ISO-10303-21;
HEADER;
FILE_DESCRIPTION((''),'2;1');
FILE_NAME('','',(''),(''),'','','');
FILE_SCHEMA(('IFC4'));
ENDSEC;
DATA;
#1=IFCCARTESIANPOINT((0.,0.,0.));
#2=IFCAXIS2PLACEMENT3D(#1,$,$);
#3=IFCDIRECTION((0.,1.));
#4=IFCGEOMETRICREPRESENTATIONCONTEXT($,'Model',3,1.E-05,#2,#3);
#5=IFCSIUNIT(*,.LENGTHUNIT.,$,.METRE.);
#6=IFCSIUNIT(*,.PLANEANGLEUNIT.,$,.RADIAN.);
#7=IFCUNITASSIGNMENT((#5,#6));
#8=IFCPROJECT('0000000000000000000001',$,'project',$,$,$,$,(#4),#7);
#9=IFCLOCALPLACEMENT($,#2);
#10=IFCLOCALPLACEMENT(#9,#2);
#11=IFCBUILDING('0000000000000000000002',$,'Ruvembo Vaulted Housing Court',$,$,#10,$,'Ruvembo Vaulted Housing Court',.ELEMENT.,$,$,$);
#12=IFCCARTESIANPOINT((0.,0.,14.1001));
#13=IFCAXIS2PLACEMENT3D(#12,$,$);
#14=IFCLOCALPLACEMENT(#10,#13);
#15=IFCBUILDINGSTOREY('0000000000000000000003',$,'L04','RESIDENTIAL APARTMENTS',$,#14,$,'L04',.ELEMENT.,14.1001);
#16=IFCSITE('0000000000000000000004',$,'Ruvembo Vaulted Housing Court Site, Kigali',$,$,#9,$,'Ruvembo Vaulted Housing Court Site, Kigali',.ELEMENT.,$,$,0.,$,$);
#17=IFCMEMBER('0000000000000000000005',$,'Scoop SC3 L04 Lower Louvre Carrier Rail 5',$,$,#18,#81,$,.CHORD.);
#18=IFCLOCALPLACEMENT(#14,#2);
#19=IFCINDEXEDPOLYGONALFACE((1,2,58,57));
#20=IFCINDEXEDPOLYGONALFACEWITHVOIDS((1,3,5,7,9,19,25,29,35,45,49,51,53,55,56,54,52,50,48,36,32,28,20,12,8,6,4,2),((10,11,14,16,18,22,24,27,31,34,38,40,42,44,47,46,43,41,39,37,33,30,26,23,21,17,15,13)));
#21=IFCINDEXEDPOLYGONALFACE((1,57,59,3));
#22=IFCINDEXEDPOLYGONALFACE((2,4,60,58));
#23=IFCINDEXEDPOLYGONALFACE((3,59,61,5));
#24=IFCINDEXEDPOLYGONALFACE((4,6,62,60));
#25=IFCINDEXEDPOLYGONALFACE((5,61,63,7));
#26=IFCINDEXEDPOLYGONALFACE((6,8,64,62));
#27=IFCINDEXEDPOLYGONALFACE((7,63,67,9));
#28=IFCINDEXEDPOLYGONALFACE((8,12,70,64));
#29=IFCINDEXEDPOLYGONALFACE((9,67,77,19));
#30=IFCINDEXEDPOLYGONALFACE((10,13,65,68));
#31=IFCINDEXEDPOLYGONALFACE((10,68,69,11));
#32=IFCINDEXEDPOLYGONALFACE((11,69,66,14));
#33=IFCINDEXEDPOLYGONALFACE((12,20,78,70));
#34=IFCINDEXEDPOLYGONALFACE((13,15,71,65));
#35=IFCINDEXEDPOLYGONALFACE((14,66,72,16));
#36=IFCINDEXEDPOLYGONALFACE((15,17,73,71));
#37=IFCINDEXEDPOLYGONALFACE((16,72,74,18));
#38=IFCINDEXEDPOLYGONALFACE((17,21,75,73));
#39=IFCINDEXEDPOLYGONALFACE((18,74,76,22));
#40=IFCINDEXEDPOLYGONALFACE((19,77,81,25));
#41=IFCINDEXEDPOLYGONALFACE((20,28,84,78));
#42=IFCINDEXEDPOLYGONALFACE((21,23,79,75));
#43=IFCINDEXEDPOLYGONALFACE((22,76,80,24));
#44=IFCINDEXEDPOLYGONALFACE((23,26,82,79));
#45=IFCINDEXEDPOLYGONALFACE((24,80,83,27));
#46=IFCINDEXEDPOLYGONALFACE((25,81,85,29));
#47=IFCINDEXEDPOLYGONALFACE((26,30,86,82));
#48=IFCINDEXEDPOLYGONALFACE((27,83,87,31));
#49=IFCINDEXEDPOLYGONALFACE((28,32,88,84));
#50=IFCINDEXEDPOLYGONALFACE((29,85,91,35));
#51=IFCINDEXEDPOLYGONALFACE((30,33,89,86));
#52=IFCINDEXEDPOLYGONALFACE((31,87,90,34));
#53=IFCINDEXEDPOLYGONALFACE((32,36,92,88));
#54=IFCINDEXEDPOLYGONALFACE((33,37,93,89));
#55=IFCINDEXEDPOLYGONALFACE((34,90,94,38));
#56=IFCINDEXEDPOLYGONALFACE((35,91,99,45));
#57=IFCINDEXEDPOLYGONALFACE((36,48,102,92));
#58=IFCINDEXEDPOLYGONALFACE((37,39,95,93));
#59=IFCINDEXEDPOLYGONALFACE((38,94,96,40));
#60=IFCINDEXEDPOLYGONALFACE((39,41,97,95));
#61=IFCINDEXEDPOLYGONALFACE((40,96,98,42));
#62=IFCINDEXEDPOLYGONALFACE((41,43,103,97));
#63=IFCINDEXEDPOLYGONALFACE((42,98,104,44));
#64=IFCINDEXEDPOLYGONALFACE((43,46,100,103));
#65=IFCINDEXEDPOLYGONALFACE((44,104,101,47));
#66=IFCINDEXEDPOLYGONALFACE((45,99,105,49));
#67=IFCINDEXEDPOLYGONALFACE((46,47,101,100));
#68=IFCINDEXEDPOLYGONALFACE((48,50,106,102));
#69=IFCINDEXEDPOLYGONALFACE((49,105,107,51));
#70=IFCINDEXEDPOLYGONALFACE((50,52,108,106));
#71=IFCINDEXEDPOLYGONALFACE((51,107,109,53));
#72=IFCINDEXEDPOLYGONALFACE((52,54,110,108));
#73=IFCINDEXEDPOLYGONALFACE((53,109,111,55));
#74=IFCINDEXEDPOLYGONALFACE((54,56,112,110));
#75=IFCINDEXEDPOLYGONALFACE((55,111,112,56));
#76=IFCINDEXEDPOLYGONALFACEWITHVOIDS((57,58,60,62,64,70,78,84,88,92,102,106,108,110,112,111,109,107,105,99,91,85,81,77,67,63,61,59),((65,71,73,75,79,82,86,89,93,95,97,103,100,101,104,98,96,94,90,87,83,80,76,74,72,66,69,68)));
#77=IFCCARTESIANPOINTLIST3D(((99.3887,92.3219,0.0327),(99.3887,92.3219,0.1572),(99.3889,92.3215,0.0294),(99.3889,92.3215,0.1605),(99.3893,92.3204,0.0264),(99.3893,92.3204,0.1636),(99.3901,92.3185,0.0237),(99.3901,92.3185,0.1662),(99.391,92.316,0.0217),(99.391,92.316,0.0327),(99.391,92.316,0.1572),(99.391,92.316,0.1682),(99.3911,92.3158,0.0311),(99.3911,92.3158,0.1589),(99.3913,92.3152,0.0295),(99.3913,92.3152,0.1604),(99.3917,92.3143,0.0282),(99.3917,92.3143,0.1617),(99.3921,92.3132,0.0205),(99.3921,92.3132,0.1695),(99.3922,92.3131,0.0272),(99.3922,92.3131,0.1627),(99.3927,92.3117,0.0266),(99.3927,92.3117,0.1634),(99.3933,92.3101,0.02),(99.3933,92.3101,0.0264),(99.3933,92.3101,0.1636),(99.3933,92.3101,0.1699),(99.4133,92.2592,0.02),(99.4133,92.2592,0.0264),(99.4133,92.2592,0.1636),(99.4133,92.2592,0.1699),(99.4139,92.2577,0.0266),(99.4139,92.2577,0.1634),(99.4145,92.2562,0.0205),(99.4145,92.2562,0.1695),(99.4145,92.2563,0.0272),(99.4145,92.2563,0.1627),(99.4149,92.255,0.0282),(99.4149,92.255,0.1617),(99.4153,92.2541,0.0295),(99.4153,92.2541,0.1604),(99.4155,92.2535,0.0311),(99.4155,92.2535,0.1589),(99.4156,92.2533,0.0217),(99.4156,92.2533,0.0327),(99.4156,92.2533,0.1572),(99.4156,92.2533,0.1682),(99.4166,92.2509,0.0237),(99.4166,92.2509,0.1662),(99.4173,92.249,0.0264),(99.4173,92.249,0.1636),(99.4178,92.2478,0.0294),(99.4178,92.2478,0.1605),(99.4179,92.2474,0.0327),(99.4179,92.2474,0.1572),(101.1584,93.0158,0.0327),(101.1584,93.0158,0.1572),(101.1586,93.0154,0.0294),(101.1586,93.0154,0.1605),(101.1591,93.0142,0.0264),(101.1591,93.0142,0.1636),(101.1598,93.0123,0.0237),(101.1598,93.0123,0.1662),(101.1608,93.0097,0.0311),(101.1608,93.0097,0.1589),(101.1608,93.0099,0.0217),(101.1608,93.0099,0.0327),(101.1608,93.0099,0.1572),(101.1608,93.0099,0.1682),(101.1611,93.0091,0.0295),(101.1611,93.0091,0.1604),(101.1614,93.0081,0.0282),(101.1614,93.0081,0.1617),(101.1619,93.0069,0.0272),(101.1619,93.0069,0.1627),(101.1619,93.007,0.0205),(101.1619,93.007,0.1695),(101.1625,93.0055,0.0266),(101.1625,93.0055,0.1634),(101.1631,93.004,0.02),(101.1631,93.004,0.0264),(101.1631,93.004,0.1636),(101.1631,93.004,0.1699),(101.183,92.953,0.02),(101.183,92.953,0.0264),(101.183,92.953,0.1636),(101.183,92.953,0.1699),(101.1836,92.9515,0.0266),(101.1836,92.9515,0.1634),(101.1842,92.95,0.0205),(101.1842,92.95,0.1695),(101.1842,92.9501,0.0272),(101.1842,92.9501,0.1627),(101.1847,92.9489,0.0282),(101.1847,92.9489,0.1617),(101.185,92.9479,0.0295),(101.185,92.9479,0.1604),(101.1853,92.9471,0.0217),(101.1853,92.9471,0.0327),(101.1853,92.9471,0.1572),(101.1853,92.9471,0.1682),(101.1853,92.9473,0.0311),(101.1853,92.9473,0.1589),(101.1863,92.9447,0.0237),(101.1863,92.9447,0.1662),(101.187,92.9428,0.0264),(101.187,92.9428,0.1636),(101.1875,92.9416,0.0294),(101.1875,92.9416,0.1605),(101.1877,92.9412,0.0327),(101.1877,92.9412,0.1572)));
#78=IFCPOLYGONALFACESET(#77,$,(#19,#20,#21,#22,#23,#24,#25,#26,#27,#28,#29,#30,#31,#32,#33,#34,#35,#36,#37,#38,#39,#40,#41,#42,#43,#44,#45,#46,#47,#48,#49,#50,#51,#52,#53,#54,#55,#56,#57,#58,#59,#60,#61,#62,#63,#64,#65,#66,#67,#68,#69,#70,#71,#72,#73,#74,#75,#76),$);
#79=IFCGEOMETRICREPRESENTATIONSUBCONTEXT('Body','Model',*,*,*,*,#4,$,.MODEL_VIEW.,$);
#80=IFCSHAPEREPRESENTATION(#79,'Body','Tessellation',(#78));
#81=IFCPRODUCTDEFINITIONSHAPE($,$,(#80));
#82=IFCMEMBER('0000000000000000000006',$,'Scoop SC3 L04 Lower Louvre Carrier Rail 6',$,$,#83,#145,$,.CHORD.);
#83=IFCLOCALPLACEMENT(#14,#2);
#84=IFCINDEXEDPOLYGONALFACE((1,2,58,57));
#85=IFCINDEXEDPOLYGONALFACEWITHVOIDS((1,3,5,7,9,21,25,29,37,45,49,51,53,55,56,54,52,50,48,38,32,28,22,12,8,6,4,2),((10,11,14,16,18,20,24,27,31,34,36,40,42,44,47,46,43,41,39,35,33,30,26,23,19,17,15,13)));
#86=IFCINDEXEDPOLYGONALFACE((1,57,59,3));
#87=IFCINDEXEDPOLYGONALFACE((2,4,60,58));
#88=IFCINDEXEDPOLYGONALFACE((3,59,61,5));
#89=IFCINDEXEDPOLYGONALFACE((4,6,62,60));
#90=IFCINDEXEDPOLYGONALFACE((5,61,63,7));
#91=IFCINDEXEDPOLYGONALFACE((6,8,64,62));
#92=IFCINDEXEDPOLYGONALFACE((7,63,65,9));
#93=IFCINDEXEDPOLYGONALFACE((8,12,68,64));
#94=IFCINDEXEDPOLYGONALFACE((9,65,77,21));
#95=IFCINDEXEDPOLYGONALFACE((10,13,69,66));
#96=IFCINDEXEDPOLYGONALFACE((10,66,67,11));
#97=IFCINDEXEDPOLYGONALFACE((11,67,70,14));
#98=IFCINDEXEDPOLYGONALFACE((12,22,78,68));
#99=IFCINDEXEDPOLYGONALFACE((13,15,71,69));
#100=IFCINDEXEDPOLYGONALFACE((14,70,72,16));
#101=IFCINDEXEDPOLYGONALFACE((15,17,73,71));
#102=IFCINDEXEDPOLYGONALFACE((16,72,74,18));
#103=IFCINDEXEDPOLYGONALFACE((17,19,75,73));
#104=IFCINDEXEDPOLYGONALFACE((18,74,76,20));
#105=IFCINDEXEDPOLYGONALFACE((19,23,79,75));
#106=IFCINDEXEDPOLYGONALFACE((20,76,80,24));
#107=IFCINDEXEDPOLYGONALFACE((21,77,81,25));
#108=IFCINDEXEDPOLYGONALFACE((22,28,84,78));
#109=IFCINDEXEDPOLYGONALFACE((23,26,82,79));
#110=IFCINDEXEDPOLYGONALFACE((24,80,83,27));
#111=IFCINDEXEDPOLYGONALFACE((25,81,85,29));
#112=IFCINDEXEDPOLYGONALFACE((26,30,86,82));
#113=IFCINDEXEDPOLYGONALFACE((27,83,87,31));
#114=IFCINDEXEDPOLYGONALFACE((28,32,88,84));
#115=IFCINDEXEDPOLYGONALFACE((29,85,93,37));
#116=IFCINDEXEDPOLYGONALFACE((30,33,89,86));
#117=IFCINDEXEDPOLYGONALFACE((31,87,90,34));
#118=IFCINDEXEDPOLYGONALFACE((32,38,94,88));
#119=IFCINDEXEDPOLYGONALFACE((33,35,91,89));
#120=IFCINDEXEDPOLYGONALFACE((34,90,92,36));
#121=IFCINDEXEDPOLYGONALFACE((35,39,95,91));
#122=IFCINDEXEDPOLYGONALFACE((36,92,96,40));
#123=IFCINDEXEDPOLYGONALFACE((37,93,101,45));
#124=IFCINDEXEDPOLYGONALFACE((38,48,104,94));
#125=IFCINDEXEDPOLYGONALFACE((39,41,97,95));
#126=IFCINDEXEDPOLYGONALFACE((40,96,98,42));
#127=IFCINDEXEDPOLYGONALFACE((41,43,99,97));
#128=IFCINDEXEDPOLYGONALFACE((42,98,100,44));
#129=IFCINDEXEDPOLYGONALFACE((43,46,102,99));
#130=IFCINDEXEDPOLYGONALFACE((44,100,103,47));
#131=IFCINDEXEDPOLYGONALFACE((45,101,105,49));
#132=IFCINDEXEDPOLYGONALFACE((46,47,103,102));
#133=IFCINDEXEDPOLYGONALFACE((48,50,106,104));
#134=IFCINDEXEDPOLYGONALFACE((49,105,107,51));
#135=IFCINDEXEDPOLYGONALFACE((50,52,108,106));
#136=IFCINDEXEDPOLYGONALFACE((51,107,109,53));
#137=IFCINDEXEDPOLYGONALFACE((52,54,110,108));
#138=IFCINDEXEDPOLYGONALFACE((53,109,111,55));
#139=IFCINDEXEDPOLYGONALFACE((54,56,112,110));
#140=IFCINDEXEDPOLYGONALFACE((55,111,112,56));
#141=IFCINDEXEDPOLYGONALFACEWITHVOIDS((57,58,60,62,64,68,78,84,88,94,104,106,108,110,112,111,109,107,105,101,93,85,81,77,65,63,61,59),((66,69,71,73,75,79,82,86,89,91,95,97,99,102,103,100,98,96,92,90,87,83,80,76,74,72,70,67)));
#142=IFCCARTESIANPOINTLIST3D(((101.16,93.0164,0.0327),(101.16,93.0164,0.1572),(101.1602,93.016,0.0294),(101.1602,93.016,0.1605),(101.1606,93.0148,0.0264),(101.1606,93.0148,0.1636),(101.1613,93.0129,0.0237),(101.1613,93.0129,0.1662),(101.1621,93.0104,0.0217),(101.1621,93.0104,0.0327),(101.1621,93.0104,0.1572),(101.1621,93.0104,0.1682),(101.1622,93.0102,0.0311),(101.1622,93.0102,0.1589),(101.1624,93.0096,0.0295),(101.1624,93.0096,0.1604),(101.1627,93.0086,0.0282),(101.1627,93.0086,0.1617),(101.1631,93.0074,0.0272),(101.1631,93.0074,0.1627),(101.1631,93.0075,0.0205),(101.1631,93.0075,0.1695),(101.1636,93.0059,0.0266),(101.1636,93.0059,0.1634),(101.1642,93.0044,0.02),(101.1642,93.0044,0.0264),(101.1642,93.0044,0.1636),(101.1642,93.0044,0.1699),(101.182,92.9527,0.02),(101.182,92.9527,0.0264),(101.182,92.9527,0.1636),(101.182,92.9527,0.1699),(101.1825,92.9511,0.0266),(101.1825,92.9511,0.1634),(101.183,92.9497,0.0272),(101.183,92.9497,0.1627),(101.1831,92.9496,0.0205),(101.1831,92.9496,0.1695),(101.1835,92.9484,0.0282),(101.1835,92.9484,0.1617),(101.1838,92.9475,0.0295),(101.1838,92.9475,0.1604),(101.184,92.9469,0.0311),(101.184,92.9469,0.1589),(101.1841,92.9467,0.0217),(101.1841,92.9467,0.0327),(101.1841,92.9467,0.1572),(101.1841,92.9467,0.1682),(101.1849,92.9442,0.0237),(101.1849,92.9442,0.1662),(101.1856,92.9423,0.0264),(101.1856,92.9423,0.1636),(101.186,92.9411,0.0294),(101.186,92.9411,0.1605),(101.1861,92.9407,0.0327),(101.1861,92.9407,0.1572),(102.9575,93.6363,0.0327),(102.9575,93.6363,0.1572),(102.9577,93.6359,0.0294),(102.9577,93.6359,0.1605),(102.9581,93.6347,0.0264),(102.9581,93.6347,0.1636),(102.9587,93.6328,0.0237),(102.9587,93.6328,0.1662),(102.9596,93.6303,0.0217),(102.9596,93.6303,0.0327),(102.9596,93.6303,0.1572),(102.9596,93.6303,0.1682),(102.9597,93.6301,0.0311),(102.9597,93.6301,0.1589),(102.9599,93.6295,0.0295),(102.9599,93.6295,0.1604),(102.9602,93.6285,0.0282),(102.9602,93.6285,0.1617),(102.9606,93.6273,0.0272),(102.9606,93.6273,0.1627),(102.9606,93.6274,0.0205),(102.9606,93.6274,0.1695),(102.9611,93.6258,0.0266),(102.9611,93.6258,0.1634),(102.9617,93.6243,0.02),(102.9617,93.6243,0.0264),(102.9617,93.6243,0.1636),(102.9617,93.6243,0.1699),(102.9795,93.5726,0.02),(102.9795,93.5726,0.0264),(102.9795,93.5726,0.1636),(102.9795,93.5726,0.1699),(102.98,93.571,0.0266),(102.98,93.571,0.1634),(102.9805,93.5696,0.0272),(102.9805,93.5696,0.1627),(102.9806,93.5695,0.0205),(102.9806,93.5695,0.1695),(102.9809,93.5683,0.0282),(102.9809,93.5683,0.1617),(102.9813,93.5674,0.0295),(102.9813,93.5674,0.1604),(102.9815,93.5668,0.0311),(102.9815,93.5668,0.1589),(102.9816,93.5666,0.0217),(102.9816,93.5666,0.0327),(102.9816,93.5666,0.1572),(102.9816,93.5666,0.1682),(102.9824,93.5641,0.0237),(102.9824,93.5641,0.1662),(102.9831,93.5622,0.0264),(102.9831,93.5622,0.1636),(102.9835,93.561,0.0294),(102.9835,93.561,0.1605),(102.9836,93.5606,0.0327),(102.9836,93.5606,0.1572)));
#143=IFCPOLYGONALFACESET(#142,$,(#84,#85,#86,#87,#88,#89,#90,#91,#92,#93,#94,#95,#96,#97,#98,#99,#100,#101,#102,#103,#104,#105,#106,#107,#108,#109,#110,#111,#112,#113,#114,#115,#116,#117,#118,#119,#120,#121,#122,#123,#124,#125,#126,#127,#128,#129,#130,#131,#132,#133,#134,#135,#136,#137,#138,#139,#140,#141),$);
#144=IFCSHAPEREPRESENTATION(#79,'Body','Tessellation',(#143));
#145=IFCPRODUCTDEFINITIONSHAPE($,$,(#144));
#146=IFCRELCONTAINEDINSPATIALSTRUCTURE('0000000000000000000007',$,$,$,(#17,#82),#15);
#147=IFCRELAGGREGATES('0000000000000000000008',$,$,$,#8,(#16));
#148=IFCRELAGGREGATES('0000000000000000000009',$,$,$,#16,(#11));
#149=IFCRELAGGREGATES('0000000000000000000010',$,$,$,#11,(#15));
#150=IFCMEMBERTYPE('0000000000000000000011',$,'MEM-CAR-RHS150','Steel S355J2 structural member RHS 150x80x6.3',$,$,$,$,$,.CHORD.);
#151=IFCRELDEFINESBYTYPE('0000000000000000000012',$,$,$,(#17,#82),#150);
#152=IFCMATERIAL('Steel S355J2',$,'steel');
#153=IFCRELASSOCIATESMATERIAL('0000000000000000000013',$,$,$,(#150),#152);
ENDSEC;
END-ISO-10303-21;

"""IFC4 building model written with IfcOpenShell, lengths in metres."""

from ifc_helpers import new_model, si_unit, direction, frame, origin, origin_2d, place, context, subcontext, project, spatial, hollow_rectangle, extrude, material, material_profile, profile_set, type_object, element, save


model = new_model("IFC4")

# Units and contexts
model_context = context("Model", 3, precision=1e-05, world=origin(), true_north=direction((0.0, 1.0)))
body_context = subcontext(model_context, "Body", "Model", "MODEL_VIEW")
ifc_project = project(units=[si_unit("LENGTHUNIT", "METRE"), si_unit("PLANEANGLEUNIT", "RADIAN")], contexts=[model_context])

# Site, building, storey
site_placement = place(None, origin())
site = spatial("IfcSite", under=ifc_project, at=site_placement, Name="Ruvembo Vaulted Housing Court Site, Kigali", LongName="Ruvembo Vaulted Housing Court Site, Kigali", CompositionType="ELEMENT", RefElevation=0.0)
building_placement = place(site_placement, origin())
building = spatial("IfcBuilding", under=site, at=building_placement, Name="Ruvembo Vaulted Housing Court", LongName="Ruvembo Vaulted Housing Court", CompositionType="ELEMENT")
storey_placement = place(building_placement, frame((0.0, 0.0, 14.1001)))
storey = spatial("IfcBuildingStorey", under=building, at=storey_placement, Name="L04", Description="RESIDENTIAL APARTMENTS", LongName="L04", CompositionType="ELEMENT", Elevation=14.1001)

# Shared definitions
ifc_material_1 = material(Name="Steel S355J2", Category="steel")

# Members
ifc_material_profile_1 = material_profile(ifc_material_1, hollow_rectangle(XDim=0.0801, YDim=0.1499, WallThickness=0.0063, InnerFilletRadius=0.0063, OuterFilletRadius=0.0127, at=origin_2d()), Name="RHS 150x80x6.3")
ifc_profile_set_1 = profile_set([ifc_material_profile_1], Name="Steel S355J2")
member_type_1 = type_object("IfcMemberType", Name="MEM-CAR-RHS150", Description="Steel S355J2 structural member RHS 150x80x6.3", PredefinedType="CHORD", material=ifc_profile_set_1)
for number, where, z_axis, x_axis, name in (
    (1, (99.4033, 92.2847, 0.095), (0.931006, 0.365005, 0.0), (-0.365005, 0.931006, 0.0), "Scoop SC3 L04 Lower Louvre Carrier Rail 5"),
):
    element("IfcMember", number, at=place(storey_placement, frame(where, z_axis=z_axis, x_axis=x_axis)), inside=storey, type_object=member_type_1, Name=name, PredefinedType="CHORD", context=body_context, shape_type="SweptSolid", body=[
        extrude(hollow_rectangle(XDim=0.0801, YDim=0.1499, WallThickness=0.0063, InnerFilletRadius=0.0063, OuterFilletRadius=0.0127, at=origin_2d()), origin(), (0.0, 0.0, 1.0), 1.9009),
    ])
member_1_placement = place(storey_placement, frame((101.1731, 92.9785, 0.095), z_axis=(0.945358, 0.326034, 0.0), x_axis=(-0.326034, 0.945358, 0.0)))
element("IfcMember", 2, at=member_1_placement, inside=storey, type_object=member_type_1, Name="Scoop SC3 L04 Lower Louvre Carrier Rail 6", PredefinedType="CHORD", context=body_context, shape_type="SweptSolid", body=[
    extrude(hollow_rectangle(XDim=0.0801, YDim=0.1499, WallThickness=0.0063, InnerFilletRadius=0.0063, OuterFilletRadius=0.0127, at=origin_2d()), origin(), (0.0, 0.0, 1.0), 1.9014),
])

save(model, "model.ifc")
